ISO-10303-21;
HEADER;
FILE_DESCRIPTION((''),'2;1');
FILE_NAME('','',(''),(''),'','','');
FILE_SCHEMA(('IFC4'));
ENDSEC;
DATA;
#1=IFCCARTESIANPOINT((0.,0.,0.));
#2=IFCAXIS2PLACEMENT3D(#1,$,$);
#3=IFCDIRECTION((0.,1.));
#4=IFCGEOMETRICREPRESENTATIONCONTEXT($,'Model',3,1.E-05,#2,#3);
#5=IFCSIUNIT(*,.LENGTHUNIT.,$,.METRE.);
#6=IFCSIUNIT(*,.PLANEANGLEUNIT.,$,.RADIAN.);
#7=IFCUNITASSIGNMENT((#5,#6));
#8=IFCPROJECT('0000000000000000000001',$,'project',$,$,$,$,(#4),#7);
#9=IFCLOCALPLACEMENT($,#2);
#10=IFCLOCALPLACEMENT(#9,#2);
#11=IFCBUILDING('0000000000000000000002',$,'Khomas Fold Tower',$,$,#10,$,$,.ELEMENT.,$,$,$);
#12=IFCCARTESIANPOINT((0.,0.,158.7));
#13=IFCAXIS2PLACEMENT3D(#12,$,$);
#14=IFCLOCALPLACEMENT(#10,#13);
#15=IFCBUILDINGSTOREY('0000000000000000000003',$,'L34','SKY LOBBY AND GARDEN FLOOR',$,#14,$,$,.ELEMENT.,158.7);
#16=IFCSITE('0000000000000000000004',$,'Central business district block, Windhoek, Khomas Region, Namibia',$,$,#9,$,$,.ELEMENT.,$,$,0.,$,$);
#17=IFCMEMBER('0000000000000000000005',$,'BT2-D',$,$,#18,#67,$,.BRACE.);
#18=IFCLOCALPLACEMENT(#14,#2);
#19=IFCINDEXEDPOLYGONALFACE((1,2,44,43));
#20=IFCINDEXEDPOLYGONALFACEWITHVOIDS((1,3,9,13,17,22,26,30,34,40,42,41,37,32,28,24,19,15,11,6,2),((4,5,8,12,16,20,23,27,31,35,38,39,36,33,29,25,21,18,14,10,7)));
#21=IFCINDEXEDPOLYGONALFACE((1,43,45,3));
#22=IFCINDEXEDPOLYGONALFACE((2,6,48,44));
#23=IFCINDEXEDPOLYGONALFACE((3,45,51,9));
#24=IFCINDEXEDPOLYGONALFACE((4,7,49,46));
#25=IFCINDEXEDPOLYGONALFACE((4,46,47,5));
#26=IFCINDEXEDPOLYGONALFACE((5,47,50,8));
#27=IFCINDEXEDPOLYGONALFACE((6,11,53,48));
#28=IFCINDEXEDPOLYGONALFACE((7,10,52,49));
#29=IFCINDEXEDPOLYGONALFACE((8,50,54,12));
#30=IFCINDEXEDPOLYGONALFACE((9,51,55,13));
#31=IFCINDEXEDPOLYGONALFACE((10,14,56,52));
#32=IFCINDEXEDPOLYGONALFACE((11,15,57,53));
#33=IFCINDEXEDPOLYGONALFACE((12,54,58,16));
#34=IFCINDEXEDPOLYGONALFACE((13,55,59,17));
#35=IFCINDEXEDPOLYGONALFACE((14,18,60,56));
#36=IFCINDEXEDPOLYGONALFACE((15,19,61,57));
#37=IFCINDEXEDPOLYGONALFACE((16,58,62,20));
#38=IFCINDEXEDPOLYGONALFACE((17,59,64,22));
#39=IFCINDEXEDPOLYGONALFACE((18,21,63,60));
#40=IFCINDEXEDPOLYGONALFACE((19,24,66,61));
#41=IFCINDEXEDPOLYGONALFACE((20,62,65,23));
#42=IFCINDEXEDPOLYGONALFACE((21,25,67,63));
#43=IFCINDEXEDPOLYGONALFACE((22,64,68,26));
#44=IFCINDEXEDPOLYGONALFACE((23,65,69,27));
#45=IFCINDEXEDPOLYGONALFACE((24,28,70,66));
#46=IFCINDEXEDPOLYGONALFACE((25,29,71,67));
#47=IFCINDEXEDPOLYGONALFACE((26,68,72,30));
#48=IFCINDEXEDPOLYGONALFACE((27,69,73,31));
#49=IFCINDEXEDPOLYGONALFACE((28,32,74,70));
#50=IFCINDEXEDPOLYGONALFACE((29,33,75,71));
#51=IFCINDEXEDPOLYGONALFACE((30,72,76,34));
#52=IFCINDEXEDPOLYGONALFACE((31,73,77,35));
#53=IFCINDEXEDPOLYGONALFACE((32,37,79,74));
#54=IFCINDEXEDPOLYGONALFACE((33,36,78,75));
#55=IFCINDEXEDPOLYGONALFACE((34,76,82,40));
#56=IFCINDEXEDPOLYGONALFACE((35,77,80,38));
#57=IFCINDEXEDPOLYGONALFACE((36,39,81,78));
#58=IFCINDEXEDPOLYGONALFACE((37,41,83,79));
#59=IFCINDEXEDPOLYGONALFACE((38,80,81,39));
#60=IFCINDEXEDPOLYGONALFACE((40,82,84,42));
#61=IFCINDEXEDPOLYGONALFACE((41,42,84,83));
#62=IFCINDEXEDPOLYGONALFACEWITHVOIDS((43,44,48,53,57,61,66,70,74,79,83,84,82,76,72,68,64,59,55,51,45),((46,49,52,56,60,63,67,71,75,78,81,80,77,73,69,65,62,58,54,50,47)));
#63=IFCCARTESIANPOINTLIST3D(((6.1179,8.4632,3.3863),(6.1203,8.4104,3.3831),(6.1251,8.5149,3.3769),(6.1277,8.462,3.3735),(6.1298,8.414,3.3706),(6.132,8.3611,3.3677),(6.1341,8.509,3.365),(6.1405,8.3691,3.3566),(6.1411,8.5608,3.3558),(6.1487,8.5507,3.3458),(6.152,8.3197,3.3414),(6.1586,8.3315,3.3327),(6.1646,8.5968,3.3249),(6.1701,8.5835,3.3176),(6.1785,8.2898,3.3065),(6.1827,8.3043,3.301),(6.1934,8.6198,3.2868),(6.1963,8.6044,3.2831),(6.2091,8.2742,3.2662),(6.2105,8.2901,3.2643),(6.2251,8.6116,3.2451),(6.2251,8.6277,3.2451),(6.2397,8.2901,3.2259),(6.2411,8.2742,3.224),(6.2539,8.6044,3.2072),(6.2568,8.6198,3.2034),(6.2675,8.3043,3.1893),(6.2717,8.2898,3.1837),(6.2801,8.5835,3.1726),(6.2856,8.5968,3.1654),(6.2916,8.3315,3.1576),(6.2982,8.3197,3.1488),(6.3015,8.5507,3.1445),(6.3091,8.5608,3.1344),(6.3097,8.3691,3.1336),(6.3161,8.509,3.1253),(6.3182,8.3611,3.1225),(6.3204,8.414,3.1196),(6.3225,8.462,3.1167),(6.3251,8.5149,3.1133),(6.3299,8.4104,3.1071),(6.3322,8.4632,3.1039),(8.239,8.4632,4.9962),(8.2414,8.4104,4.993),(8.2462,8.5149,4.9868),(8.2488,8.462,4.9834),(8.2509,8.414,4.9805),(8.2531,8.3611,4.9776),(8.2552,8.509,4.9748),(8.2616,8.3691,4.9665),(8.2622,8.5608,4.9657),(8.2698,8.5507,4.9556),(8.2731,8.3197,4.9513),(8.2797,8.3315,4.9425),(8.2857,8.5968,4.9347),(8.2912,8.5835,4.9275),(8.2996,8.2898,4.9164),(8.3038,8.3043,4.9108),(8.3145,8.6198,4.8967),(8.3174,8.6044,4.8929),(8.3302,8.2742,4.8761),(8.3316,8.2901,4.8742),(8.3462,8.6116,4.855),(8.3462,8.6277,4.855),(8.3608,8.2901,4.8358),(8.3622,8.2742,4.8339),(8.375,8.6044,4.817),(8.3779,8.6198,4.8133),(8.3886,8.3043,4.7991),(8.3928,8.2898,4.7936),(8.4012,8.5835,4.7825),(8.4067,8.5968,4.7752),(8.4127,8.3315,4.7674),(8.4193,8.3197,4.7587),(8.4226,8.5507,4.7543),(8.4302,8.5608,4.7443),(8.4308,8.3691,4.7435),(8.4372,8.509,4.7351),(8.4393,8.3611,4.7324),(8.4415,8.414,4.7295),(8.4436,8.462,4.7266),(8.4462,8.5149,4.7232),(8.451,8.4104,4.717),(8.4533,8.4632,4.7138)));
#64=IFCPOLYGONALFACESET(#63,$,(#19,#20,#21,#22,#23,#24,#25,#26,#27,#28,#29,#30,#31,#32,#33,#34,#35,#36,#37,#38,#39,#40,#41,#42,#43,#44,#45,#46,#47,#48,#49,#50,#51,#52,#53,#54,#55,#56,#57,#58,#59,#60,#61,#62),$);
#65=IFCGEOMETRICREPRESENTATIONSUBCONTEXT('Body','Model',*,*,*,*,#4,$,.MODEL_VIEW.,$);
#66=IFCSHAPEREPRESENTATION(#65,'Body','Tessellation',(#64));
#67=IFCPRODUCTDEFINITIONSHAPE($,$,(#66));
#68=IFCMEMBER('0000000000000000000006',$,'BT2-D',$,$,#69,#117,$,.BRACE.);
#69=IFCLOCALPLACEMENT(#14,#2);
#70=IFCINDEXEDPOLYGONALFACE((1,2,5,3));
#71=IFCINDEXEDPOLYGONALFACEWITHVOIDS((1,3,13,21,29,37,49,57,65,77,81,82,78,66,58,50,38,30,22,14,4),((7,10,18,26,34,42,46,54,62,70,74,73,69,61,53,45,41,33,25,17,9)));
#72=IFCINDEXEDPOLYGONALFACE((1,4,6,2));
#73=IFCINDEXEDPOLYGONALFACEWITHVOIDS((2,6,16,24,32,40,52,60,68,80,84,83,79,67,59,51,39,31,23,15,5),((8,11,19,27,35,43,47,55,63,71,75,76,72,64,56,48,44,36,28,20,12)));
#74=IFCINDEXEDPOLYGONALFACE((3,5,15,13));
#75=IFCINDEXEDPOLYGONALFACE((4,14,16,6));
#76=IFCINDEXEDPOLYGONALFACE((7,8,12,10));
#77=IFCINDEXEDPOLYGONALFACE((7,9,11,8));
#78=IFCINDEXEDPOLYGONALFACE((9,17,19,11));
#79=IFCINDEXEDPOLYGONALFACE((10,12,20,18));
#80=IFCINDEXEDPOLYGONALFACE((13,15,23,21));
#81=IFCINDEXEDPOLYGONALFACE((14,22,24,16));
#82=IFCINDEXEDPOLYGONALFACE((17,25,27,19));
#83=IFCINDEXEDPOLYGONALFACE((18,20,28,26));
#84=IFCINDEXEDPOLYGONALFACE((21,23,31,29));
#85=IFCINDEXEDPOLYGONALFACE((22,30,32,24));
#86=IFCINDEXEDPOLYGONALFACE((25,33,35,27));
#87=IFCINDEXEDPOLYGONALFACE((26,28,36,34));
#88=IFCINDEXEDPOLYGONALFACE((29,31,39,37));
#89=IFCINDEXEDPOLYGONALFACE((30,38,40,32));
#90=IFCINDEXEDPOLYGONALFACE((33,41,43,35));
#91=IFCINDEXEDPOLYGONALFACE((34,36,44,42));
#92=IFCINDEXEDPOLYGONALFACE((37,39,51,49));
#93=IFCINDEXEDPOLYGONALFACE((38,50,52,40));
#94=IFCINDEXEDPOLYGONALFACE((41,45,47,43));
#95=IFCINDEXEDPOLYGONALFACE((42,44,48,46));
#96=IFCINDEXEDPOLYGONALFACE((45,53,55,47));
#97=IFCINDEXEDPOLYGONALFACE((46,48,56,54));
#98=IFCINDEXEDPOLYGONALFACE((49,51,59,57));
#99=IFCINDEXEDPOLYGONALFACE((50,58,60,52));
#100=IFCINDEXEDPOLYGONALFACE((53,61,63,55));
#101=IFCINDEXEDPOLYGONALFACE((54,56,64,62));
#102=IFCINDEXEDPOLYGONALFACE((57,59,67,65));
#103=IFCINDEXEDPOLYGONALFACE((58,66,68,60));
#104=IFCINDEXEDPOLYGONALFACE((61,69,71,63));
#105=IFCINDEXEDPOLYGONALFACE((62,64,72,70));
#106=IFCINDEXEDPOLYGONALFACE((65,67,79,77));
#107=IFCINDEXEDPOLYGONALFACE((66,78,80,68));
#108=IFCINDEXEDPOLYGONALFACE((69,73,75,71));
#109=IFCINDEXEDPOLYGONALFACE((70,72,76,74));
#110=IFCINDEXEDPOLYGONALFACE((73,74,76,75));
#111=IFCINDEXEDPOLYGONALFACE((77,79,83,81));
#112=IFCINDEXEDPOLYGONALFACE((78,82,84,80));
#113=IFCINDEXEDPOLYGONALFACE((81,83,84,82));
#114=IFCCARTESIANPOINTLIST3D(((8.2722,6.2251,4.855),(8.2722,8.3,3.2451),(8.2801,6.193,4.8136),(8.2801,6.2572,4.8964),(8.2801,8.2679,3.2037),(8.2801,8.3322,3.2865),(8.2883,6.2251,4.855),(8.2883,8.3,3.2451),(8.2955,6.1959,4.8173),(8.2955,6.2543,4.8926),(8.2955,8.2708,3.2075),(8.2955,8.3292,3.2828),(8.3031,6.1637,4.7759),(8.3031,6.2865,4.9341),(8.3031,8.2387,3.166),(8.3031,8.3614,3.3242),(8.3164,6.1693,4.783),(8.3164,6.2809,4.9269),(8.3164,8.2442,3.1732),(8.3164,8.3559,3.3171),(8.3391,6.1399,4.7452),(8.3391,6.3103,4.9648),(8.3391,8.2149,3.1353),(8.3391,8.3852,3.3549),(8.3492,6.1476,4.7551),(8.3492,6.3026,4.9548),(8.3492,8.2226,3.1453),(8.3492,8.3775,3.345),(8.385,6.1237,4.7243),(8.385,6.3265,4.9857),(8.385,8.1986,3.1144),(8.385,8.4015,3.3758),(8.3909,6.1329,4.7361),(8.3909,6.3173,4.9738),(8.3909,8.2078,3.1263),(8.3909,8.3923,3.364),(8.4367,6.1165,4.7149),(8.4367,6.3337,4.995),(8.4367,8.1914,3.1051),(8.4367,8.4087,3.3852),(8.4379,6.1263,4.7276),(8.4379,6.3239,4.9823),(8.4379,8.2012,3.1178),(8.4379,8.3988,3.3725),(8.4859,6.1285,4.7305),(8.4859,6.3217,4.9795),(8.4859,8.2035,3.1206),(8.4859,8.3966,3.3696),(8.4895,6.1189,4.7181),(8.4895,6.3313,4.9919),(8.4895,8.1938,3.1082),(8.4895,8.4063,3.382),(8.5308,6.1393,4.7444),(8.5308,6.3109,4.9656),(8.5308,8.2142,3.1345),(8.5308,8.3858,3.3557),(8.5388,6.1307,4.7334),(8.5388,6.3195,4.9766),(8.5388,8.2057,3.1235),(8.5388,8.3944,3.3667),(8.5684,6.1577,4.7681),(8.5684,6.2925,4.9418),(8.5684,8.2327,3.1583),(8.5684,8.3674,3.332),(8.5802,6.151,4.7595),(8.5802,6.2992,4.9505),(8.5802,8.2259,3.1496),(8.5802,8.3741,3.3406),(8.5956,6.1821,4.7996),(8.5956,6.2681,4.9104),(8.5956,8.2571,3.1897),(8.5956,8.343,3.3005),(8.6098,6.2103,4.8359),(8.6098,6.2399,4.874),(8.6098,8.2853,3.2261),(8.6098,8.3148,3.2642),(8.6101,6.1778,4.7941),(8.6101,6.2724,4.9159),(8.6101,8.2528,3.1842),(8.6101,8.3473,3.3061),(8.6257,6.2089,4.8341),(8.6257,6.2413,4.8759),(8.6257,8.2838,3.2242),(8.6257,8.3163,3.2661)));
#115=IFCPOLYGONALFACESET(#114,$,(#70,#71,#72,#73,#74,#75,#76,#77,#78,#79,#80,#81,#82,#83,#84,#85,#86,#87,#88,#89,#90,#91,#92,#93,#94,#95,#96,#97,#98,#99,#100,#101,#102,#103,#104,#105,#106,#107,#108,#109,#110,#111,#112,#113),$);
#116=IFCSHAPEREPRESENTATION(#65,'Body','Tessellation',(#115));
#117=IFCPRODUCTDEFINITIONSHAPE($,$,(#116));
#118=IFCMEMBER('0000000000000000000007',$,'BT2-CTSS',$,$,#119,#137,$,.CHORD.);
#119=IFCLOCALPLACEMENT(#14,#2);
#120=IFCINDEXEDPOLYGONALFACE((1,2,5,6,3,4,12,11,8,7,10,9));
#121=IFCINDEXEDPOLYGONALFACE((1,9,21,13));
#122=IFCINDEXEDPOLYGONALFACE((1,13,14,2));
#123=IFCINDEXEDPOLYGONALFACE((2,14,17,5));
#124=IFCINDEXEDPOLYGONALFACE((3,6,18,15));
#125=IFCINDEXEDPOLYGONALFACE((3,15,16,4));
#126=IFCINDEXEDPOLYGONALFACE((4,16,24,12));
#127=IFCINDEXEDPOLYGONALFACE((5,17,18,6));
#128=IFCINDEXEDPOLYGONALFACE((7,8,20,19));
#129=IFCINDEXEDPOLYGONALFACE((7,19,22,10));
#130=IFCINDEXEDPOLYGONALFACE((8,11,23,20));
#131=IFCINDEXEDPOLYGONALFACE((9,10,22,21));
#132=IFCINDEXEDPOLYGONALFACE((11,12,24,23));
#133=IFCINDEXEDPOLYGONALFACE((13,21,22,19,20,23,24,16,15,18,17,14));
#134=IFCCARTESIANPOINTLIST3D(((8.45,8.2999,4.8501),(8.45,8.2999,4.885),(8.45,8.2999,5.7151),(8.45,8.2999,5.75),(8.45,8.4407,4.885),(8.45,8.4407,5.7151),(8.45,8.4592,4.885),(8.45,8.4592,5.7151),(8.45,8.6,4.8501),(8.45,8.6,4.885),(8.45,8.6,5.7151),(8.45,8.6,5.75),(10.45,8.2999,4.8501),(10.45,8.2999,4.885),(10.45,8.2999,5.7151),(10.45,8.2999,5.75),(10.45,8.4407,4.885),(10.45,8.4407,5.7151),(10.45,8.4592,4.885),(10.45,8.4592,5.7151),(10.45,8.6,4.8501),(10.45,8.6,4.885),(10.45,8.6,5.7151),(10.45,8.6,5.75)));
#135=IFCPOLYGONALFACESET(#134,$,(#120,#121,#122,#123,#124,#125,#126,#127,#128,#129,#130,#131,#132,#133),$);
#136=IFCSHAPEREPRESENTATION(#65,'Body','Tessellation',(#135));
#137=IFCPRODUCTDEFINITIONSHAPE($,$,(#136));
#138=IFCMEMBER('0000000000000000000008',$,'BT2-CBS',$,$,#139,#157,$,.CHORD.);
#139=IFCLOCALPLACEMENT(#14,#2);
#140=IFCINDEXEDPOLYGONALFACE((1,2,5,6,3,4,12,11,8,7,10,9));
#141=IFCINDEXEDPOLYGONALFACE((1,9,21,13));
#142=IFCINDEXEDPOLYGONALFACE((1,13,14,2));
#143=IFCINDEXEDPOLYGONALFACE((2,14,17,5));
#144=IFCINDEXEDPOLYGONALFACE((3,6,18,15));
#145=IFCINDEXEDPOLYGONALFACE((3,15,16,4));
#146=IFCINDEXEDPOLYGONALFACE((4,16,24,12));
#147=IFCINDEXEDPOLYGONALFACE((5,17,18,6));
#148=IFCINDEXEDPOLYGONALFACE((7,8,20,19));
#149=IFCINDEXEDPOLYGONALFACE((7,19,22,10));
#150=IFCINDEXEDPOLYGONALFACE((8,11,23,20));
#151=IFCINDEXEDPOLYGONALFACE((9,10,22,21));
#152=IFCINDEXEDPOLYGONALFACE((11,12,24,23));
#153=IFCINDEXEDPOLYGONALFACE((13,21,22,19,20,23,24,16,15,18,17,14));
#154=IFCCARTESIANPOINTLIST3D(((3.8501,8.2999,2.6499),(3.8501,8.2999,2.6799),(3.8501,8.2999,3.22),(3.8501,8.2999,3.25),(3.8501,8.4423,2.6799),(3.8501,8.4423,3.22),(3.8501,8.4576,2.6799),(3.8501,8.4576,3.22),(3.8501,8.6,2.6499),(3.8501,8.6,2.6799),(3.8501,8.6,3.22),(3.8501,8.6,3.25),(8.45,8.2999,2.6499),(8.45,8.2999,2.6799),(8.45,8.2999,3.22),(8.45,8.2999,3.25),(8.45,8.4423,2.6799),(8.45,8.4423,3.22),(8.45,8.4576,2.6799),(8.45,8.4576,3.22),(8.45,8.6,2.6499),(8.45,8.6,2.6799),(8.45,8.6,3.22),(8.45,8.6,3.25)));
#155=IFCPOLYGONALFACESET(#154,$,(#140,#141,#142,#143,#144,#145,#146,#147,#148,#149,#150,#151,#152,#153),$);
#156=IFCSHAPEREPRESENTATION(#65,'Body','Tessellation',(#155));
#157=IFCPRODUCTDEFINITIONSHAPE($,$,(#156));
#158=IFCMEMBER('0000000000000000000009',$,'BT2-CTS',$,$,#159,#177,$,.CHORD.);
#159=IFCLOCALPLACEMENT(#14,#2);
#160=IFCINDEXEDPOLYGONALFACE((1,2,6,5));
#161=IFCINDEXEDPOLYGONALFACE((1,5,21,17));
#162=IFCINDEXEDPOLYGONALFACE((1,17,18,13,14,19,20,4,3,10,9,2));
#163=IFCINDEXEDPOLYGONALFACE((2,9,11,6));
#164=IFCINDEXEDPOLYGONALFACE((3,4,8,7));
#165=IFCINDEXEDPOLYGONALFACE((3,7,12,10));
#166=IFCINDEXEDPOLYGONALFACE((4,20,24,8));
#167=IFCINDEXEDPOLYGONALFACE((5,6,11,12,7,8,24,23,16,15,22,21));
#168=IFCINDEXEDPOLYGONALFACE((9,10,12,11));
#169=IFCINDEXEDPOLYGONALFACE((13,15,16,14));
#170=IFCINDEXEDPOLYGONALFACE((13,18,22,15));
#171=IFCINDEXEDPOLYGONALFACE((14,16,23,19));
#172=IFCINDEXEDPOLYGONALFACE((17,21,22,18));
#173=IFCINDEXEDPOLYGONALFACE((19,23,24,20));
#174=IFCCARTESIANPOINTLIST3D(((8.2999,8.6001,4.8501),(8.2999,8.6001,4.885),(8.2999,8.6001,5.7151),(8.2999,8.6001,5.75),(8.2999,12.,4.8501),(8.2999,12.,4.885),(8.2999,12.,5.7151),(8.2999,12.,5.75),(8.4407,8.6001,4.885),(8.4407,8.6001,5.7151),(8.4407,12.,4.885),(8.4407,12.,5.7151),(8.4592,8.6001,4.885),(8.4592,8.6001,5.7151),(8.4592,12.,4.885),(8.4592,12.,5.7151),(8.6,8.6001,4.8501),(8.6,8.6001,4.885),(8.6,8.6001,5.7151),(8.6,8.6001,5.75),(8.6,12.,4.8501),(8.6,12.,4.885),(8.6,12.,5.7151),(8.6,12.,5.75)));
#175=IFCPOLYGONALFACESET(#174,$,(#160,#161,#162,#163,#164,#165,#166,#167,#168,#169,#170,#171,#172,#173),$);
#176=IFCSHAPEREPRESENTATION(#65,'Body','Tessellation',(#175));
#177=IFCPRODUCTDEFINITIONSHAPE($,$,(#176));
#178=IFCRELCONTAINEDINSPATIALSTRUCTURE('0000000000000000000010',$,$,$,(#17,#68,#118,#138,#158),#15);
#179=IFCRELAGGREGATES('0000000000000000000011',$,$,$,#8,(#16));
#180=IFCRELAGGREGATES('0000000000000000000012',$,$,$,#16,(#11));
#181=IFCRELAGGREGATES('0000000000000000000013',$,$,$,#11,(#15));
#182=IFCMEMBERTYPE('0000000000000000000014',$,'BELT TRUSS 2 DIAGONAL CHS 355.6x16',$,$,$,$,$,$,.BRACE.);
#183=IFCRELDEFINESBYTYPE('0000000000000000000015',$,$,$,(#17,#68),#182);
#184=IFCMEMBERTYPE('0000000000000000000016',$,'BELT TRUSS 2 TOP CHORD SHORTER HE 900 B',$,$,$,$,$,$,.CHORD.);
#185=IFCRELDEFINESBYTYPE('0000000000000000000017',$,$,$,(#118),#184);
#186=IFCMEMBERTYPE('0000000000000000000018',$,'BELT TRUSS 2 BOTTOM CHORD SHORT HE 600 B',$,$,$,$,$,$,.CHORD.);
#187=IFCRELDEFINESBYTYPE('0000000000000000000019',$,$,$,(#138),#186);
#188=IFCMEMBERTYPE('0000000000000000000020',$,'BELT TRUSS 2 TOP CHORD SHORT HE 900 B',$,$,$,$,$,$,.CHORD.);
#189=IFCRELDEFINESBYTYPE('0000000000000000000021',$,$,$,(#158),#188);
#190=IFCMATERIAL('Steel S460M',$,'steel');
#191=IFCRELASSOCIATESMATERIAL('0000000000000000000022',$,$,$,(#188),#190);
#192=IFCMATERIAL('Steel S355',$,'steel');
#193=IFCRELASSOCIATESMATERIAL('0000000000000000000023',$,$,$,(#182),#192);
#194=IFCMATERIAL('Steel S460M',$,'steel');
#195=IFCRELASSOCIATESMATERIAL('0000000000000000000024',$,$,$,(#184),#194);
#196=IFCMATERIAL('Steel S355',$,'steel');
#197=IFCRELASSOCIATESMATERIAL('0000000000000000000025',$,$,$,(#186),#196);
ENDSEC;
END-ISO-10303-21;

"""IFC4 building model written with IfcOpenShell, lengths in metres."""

from ifc_helpers import new_model, si_unit, direction, frame, origin, origin_2d, place, context, subcontext, project, spatial, hollow_circle, i_section, extrude, source, transform, mapped, material, material_profile, profile_set, type_object, element, save


model = new_model("IFC4")

# Units and contexts
model_context = context("Model", 3, precision=1e-05, world=origin(), true_north=direction((0.0, 1.0)))
body_context = subcontext(model_context, "Body", "Model", "MODEL_VIEW")
ifc_project = project(units=[si_unit("LENGTHUNIT", "METRE"), si_unit("PLANEANGLEUNIT", "RADIAN")], contexts=[model_context])

# Site, building, storey
site_placement = place(None, origin())
site = spatial("IfcSite", under=ifc_project, at=site_placement, Name="Central business district block, Windhoek, Khomas Region, Namibia", CompositionType="ELEMENT", RefElevation=0.0)
building_placement = place(site_placement, origin())
building = spatial("IfcBuilding", under=site, at=building_placement, Name="Khomas Fold Tower", CompositionType="ELEMENT")
storey_placement = place(building_placement, frame((0.0, 0.0, 158.7)))
storey = spatial("IfcBuildingStorey", under=building, at=storey_placement, Name="L34", Description="SKY LOBBY AND GARDEN FLOOR", CompositionType="ELEMENT", Elevation=158.7)

# Members
ifc_material_1 = material(Name="Steel S460M", Category="steel")
ifc_material_profile_1 = material_profile(ifc_material_1, i_section(OverallWidth=0.3, OverallDepth=0.8999, WebThickness=0.0186, FlangeThickness=0.0349, at=origin_2d()), Name="HE 900 B")
ifc_profile_set_1 = profile_set([ifc_material_profile_1], Name="Steel S460M")
member_type_1 = type_object("IfcMemberType", Name="BELT TRUSS 2 TOP CHORD SHORT HE 900 B", PredefinedType="CHORD", material=ifc_profile_set_1)
ifc_material_2 = material(Name="Steel S355", Category="steel")
ifc_material_profile_2 = material_profile(ifc_material_2, hollow_circle(Radius=0.1777, WallThickness=0.0161, at=origin_2d()), Name="CHS 355.6x16")
ifc_profile_set_2 = profile_set([ifc_material_profile_2], Name="Steel S355")
member_type_2 = type_object("IfcMemberType", Name="BELT TRUSS 2 DIAGONAL CHS 355.6x16", PredefinedType="BRACE", material=ifc_profile_set_2)
shared_shape_1 = source(origin(), body_context, "Body", "SweptSolid", [
    extrude(hollow_circle(Radius=0.1777, WallThickness=0.0161, at=origin_2d()), origin(), (0.0, 0.0, 1.0), 2.6628),
])
member_1_placement = place(storey_placement, frame((6.2251, 8.45, 3.2451), z_axis=(0.796554, 0.0, 0.604567), x_axis=(0.0, 1.0, 0.0)))
element("IfcMember", 1, at=member_1_placement, inside=storey, type_object=member_type_2, Name="BT2-D", PredefinedType="BRACE", context=body_context, shape_type="MappedRepresentation", body=[
    mapped(shared_shape_1, transform((0.0, 0.0, 0.0))),
])
shared_shape_2 = source(origin(), body_context, "Body", "SweptSolid", [
    extrude(hollow_circle(Radius=0.1777, WallThickness=0.0161, at=origin_2d()), origin(), (0.0, 0.0, 1.0), 2.6262),
])
member_2_placement = place(storey_placement, frame((8.45, 6.2251, 4.855), z_axis=(0.0, 0.790087, -0.612994), x_axis=(-1.0, 0.0, 0.0)))
element("IfcMember", 2, at=member_2_placement, inside=storey, type_object=member_type_2, Name="BT2-D", PredefinedType="BRACE", context=body_context, shape_type="MappedRepresentation", body=[
    mapped(shared_shape_2, transform((0.0, 0.0, 0.0))),
])
ifc_material_3 = material(Name="Steel S460M", Category="steel")
ifc_material_profile_3 = material_profile(ifc_material_3, i_section(OverallWidth=0.3, OverallDepth=0.8999, WebThickness=0.0186, FlangeThickness=0.0349, at=origin_2d()), Name="HE 900 B")
ifc_profile_set_3 = profile_set([ifc_material_profile_3], Name="Steel S460M")
member_type_3 = type_object("IfcMemberType", Name="BELT TRUSS 2 TOP CHORD SHORTER HE 900 B", PredefinedType="CHORD", material=ifc_profile_set_3)
shared_shape_3 = source(origin(), body_context, "Body", "SweptSolid", [
    extrude(i_section(OverallWidth=0.3, OverallDepth=0.8999, WebThickness=0.0186, FlangeThickness=0.0349, at=origin_2d()), origin(), (0.0, 0.0, 1.0), 2.0),
])
member_3_placement = place(storey_placement, frame((8.45, 8.45, 5.3), z_axis=(1.0, 0.0, 0.0), x_axis=(0.0, 1.0, 0.0)))
element("IfcMember", 3, at=member_3_placement, inside=storey, type_object=member_type_3, Name="BT2-CTSS", PredefinedType="CHORD", context=body_context, shape_type="MappedRepresentation", body=[
    mapped(shared_shape_3, transform((0.0, 0.0, 0.0))),
])
ifc_material_4 = material(Name="Steel S355", Category="steel")
ifc_material_profile_4 = material_profile(ifc_material_4, i_section(OverallWidth=0.3, OverallDepth=0.6001, WebThickness=0.0154, FlangeThickness=0.03, at=origin_2d()), Name="HE 600 B")
ifc_profile_set_4 = profile_set([ifc_material_profile_4], Name="Steel S355")
member_type_4 = type_object("IfcMemberType", Name="BELT TRUSS 2 BOTTOM CHORD SHORT HE 600 B", PredefinedType="CHORD", material=ifc_profile_set_4)
shared_shape_4 = source(origin(), body_context, "Body", "SweptSolid", [
    extrude(i_section(OverallWidth=0.3, OverallDepth=0.6001, WebThickness=0.0154, FlangeThickness=0.03, at=origin_2d()), origin(), (0.0, 0.0, 1.0), 4.5999),
])
member_4_placement = place(storey_placement, frame((3.8501, 8.45, 2.95), z_axis=(1.0, 0.0, 0.0), x_axis=(0.0, 1.0, 0.0)))
element("IfcMember", 4, at=member_4_placement, inside=storey, type_object=member_type_4, Name="BT2-CBS", PredefinedType="CHORD", context=body_context, shape_type="MappedRepresentation", body=[
    mapped(shared_shape_4, transform((0.0, 0.0, 0.0))),
])
shared_shape_5 = source(origin(), body_context, "Body", "SweptSolid", [
    extrude(i_section(OverallWidth=0.3, OverallDepth=0.8999, WebThickness=0.0186, FlangeThickness=0.0349, at=origin_2d()), origin(), (0.0, 0.0, 1.0), 3.3999),
])
member_5_placement = place(storey_placement, frame((8.45, 8.6001, 5.3), z_axis=(0.0, 1.0, 0.0), x_axis=(-1.0, 0.0, 0.0)))
element("IfcMember", 5, at=member_5_placement, inside=storey, type_object=member_type_1, Name="BT2-CTS", PredefinedType="CHORD", context=body_context, shape_type="MappedRepresentation", body=[
    mapped(shared_shape_5, transform((0.0, 0.0, 0.0))),
])

save(model, "model.ifc")
